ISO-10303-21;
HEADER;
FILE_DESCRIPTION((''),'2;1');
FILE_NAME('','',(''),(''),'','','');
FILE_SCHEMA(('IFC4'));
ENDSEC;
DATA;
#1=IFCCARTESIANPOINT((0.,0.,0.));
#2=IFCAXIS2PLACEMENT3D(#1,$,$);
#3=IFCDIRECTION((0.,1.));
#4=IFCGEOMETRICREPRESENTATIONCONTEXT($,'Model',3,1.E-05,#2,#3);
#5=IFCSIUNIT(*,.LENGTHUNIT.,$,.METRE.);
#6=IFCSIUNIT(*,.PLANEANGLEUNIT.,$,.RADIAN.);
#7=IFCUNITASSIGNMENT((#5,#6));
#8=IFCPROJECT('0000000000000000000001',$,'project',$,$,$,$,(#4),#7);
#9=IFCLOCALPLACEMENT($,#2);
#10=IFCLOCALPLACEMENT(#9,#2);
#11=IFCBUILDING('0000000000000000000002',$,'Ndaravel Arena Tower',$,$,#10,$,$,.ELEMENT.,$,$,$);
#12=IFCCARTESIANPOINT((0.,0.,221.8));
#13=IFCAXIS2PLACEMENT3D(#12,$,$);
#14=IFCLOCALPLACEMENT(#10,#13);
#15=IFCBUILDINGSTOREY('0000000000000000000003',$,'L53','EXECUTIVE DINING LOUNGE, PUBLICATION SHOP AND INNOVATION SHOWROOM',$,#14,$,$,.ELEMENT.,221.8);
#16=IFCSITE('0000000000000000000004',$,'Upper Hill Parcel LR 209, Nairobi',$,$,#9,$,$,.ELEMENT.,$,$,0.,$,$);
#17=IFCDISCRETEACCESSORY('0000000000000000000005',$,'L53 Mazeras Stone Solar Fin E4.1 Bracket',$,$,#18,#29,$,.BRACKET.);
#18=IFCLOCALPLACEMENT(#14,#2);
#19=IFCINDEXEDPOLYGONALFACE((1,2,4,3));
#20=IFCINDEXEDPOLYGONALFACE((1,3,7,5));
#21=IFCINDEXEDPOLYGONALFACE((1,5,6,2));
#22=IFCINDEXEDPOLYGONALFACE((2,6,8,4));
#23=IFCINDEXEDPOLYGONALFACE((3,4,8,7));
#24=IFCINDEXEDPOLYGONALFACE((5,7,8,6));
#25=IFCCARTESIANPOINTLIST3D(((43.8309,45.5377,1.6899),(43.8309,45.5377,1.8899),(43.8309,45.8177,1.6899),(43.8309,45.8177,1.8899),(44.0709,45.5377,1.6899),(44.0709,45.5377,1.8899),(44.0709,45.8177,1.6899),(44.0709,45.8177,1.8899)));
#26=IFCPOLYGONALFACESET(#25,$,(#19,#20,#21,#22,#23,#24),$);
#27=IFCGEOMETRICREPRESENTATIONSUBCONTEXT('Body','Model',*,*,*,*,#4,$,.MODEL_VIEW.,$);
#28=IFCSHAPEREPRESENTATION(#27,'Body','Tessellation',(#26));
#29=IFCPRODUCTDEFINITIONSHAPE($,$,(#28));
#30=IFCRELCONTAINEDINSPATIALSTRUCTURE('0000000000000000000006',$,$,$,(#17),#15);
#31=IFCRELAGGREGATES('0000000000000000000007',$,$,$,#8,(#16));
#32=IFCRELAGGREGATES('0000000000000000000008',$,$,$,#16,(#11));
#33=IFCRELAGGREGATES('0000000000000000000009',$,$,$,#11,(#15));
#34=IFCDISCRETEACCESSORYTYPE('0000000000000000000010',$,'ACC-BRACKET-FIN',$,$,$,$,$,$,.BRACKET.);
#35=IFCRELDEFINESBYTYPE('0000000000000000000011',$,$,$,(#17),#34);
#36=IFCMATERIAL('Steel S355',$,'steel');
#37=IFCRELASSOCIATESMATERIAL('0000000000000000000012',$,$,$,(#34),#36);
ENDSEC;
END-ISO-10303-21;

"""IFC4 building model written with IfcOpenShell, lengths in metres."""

from ifc_helpers import new_model, si_unit, direction, frame, origin, origin_2d, place, context, subcontext, project, spatial, rectangle, extrude, material, type_object, element, save


model = new_model("IFC4")

# Units and contexts
model_context = context("Model", 3, precision=1e-05, world=origin(), true_north=direction((0.0, 1.0)))
body_context = subcontext(model_context, "Body", "Model", "MODEL_VIEW")
ifc_project = project(units=[si_unit("LENGTHUNIT", "METRE"), si_unit("PLANEANGLEUNIT", "RADIAN")], contexts=[model_context])

# Site, building, storey
site_placement = place(None, origin())
site = spatial("IfcSite", under=ifc_project, at=site_placement, Name="Upper Hill Parcel LR 209, Nairobi", CompositionType="ELEMENT", RefElevation=0.0)
building_placement = place(site_placement, origin())
building = spatial("IfcBuilding", under=site, at=building_placement, Name="Ndaravel Arena Tower", CompositionType="ELEMENT")
storey_placement = place(building_placement, frame((0.0, 0.0, 221.8)))
storey = spatial("IfcBuildingStorey", under=building, at=storey_placement, Name="L53", Description="EXECUTIVE DINING LOUNGE, PUBLICATION SHOP AND INNOVATION SHOWROOM", CompositionType="ELEMENT", Elevation=221.8)

# Discrete accessory
ifc_material_1 = material(Name="Steel S355", Category="steel")
discrete_accessory_type = type_object("IfcDiscreteAccessoryType", Name="ACC-BRACKET-FIN", PredefinedType="BRACKET", material=ifc_material_1)
discrete_accessory_placement = place(storey_placement, frame((43.9509, 45.6777, 1.6899), z_axis=(0.0, 0.0, 1.0), x_axis=(0.0, 1.0, 0.0)))
element("IfcDiscreteAccessory", 1, at=discrete_accessory_placement, inside=storey, type_object=discrete_accessory_type, Name="L53 Mazeras Stone Solar Fin E4.1 Bracket", PredefinedType="BRACKET", context=body_context, shape_type="SweptSolid", body=[
    extrude(rectangle(XDim=0.28, YDim=0.24, at=origin_2d()), origin(), (0.0, 0.0, 1.0), 0.2),
])

save(model, "model.ifc")
